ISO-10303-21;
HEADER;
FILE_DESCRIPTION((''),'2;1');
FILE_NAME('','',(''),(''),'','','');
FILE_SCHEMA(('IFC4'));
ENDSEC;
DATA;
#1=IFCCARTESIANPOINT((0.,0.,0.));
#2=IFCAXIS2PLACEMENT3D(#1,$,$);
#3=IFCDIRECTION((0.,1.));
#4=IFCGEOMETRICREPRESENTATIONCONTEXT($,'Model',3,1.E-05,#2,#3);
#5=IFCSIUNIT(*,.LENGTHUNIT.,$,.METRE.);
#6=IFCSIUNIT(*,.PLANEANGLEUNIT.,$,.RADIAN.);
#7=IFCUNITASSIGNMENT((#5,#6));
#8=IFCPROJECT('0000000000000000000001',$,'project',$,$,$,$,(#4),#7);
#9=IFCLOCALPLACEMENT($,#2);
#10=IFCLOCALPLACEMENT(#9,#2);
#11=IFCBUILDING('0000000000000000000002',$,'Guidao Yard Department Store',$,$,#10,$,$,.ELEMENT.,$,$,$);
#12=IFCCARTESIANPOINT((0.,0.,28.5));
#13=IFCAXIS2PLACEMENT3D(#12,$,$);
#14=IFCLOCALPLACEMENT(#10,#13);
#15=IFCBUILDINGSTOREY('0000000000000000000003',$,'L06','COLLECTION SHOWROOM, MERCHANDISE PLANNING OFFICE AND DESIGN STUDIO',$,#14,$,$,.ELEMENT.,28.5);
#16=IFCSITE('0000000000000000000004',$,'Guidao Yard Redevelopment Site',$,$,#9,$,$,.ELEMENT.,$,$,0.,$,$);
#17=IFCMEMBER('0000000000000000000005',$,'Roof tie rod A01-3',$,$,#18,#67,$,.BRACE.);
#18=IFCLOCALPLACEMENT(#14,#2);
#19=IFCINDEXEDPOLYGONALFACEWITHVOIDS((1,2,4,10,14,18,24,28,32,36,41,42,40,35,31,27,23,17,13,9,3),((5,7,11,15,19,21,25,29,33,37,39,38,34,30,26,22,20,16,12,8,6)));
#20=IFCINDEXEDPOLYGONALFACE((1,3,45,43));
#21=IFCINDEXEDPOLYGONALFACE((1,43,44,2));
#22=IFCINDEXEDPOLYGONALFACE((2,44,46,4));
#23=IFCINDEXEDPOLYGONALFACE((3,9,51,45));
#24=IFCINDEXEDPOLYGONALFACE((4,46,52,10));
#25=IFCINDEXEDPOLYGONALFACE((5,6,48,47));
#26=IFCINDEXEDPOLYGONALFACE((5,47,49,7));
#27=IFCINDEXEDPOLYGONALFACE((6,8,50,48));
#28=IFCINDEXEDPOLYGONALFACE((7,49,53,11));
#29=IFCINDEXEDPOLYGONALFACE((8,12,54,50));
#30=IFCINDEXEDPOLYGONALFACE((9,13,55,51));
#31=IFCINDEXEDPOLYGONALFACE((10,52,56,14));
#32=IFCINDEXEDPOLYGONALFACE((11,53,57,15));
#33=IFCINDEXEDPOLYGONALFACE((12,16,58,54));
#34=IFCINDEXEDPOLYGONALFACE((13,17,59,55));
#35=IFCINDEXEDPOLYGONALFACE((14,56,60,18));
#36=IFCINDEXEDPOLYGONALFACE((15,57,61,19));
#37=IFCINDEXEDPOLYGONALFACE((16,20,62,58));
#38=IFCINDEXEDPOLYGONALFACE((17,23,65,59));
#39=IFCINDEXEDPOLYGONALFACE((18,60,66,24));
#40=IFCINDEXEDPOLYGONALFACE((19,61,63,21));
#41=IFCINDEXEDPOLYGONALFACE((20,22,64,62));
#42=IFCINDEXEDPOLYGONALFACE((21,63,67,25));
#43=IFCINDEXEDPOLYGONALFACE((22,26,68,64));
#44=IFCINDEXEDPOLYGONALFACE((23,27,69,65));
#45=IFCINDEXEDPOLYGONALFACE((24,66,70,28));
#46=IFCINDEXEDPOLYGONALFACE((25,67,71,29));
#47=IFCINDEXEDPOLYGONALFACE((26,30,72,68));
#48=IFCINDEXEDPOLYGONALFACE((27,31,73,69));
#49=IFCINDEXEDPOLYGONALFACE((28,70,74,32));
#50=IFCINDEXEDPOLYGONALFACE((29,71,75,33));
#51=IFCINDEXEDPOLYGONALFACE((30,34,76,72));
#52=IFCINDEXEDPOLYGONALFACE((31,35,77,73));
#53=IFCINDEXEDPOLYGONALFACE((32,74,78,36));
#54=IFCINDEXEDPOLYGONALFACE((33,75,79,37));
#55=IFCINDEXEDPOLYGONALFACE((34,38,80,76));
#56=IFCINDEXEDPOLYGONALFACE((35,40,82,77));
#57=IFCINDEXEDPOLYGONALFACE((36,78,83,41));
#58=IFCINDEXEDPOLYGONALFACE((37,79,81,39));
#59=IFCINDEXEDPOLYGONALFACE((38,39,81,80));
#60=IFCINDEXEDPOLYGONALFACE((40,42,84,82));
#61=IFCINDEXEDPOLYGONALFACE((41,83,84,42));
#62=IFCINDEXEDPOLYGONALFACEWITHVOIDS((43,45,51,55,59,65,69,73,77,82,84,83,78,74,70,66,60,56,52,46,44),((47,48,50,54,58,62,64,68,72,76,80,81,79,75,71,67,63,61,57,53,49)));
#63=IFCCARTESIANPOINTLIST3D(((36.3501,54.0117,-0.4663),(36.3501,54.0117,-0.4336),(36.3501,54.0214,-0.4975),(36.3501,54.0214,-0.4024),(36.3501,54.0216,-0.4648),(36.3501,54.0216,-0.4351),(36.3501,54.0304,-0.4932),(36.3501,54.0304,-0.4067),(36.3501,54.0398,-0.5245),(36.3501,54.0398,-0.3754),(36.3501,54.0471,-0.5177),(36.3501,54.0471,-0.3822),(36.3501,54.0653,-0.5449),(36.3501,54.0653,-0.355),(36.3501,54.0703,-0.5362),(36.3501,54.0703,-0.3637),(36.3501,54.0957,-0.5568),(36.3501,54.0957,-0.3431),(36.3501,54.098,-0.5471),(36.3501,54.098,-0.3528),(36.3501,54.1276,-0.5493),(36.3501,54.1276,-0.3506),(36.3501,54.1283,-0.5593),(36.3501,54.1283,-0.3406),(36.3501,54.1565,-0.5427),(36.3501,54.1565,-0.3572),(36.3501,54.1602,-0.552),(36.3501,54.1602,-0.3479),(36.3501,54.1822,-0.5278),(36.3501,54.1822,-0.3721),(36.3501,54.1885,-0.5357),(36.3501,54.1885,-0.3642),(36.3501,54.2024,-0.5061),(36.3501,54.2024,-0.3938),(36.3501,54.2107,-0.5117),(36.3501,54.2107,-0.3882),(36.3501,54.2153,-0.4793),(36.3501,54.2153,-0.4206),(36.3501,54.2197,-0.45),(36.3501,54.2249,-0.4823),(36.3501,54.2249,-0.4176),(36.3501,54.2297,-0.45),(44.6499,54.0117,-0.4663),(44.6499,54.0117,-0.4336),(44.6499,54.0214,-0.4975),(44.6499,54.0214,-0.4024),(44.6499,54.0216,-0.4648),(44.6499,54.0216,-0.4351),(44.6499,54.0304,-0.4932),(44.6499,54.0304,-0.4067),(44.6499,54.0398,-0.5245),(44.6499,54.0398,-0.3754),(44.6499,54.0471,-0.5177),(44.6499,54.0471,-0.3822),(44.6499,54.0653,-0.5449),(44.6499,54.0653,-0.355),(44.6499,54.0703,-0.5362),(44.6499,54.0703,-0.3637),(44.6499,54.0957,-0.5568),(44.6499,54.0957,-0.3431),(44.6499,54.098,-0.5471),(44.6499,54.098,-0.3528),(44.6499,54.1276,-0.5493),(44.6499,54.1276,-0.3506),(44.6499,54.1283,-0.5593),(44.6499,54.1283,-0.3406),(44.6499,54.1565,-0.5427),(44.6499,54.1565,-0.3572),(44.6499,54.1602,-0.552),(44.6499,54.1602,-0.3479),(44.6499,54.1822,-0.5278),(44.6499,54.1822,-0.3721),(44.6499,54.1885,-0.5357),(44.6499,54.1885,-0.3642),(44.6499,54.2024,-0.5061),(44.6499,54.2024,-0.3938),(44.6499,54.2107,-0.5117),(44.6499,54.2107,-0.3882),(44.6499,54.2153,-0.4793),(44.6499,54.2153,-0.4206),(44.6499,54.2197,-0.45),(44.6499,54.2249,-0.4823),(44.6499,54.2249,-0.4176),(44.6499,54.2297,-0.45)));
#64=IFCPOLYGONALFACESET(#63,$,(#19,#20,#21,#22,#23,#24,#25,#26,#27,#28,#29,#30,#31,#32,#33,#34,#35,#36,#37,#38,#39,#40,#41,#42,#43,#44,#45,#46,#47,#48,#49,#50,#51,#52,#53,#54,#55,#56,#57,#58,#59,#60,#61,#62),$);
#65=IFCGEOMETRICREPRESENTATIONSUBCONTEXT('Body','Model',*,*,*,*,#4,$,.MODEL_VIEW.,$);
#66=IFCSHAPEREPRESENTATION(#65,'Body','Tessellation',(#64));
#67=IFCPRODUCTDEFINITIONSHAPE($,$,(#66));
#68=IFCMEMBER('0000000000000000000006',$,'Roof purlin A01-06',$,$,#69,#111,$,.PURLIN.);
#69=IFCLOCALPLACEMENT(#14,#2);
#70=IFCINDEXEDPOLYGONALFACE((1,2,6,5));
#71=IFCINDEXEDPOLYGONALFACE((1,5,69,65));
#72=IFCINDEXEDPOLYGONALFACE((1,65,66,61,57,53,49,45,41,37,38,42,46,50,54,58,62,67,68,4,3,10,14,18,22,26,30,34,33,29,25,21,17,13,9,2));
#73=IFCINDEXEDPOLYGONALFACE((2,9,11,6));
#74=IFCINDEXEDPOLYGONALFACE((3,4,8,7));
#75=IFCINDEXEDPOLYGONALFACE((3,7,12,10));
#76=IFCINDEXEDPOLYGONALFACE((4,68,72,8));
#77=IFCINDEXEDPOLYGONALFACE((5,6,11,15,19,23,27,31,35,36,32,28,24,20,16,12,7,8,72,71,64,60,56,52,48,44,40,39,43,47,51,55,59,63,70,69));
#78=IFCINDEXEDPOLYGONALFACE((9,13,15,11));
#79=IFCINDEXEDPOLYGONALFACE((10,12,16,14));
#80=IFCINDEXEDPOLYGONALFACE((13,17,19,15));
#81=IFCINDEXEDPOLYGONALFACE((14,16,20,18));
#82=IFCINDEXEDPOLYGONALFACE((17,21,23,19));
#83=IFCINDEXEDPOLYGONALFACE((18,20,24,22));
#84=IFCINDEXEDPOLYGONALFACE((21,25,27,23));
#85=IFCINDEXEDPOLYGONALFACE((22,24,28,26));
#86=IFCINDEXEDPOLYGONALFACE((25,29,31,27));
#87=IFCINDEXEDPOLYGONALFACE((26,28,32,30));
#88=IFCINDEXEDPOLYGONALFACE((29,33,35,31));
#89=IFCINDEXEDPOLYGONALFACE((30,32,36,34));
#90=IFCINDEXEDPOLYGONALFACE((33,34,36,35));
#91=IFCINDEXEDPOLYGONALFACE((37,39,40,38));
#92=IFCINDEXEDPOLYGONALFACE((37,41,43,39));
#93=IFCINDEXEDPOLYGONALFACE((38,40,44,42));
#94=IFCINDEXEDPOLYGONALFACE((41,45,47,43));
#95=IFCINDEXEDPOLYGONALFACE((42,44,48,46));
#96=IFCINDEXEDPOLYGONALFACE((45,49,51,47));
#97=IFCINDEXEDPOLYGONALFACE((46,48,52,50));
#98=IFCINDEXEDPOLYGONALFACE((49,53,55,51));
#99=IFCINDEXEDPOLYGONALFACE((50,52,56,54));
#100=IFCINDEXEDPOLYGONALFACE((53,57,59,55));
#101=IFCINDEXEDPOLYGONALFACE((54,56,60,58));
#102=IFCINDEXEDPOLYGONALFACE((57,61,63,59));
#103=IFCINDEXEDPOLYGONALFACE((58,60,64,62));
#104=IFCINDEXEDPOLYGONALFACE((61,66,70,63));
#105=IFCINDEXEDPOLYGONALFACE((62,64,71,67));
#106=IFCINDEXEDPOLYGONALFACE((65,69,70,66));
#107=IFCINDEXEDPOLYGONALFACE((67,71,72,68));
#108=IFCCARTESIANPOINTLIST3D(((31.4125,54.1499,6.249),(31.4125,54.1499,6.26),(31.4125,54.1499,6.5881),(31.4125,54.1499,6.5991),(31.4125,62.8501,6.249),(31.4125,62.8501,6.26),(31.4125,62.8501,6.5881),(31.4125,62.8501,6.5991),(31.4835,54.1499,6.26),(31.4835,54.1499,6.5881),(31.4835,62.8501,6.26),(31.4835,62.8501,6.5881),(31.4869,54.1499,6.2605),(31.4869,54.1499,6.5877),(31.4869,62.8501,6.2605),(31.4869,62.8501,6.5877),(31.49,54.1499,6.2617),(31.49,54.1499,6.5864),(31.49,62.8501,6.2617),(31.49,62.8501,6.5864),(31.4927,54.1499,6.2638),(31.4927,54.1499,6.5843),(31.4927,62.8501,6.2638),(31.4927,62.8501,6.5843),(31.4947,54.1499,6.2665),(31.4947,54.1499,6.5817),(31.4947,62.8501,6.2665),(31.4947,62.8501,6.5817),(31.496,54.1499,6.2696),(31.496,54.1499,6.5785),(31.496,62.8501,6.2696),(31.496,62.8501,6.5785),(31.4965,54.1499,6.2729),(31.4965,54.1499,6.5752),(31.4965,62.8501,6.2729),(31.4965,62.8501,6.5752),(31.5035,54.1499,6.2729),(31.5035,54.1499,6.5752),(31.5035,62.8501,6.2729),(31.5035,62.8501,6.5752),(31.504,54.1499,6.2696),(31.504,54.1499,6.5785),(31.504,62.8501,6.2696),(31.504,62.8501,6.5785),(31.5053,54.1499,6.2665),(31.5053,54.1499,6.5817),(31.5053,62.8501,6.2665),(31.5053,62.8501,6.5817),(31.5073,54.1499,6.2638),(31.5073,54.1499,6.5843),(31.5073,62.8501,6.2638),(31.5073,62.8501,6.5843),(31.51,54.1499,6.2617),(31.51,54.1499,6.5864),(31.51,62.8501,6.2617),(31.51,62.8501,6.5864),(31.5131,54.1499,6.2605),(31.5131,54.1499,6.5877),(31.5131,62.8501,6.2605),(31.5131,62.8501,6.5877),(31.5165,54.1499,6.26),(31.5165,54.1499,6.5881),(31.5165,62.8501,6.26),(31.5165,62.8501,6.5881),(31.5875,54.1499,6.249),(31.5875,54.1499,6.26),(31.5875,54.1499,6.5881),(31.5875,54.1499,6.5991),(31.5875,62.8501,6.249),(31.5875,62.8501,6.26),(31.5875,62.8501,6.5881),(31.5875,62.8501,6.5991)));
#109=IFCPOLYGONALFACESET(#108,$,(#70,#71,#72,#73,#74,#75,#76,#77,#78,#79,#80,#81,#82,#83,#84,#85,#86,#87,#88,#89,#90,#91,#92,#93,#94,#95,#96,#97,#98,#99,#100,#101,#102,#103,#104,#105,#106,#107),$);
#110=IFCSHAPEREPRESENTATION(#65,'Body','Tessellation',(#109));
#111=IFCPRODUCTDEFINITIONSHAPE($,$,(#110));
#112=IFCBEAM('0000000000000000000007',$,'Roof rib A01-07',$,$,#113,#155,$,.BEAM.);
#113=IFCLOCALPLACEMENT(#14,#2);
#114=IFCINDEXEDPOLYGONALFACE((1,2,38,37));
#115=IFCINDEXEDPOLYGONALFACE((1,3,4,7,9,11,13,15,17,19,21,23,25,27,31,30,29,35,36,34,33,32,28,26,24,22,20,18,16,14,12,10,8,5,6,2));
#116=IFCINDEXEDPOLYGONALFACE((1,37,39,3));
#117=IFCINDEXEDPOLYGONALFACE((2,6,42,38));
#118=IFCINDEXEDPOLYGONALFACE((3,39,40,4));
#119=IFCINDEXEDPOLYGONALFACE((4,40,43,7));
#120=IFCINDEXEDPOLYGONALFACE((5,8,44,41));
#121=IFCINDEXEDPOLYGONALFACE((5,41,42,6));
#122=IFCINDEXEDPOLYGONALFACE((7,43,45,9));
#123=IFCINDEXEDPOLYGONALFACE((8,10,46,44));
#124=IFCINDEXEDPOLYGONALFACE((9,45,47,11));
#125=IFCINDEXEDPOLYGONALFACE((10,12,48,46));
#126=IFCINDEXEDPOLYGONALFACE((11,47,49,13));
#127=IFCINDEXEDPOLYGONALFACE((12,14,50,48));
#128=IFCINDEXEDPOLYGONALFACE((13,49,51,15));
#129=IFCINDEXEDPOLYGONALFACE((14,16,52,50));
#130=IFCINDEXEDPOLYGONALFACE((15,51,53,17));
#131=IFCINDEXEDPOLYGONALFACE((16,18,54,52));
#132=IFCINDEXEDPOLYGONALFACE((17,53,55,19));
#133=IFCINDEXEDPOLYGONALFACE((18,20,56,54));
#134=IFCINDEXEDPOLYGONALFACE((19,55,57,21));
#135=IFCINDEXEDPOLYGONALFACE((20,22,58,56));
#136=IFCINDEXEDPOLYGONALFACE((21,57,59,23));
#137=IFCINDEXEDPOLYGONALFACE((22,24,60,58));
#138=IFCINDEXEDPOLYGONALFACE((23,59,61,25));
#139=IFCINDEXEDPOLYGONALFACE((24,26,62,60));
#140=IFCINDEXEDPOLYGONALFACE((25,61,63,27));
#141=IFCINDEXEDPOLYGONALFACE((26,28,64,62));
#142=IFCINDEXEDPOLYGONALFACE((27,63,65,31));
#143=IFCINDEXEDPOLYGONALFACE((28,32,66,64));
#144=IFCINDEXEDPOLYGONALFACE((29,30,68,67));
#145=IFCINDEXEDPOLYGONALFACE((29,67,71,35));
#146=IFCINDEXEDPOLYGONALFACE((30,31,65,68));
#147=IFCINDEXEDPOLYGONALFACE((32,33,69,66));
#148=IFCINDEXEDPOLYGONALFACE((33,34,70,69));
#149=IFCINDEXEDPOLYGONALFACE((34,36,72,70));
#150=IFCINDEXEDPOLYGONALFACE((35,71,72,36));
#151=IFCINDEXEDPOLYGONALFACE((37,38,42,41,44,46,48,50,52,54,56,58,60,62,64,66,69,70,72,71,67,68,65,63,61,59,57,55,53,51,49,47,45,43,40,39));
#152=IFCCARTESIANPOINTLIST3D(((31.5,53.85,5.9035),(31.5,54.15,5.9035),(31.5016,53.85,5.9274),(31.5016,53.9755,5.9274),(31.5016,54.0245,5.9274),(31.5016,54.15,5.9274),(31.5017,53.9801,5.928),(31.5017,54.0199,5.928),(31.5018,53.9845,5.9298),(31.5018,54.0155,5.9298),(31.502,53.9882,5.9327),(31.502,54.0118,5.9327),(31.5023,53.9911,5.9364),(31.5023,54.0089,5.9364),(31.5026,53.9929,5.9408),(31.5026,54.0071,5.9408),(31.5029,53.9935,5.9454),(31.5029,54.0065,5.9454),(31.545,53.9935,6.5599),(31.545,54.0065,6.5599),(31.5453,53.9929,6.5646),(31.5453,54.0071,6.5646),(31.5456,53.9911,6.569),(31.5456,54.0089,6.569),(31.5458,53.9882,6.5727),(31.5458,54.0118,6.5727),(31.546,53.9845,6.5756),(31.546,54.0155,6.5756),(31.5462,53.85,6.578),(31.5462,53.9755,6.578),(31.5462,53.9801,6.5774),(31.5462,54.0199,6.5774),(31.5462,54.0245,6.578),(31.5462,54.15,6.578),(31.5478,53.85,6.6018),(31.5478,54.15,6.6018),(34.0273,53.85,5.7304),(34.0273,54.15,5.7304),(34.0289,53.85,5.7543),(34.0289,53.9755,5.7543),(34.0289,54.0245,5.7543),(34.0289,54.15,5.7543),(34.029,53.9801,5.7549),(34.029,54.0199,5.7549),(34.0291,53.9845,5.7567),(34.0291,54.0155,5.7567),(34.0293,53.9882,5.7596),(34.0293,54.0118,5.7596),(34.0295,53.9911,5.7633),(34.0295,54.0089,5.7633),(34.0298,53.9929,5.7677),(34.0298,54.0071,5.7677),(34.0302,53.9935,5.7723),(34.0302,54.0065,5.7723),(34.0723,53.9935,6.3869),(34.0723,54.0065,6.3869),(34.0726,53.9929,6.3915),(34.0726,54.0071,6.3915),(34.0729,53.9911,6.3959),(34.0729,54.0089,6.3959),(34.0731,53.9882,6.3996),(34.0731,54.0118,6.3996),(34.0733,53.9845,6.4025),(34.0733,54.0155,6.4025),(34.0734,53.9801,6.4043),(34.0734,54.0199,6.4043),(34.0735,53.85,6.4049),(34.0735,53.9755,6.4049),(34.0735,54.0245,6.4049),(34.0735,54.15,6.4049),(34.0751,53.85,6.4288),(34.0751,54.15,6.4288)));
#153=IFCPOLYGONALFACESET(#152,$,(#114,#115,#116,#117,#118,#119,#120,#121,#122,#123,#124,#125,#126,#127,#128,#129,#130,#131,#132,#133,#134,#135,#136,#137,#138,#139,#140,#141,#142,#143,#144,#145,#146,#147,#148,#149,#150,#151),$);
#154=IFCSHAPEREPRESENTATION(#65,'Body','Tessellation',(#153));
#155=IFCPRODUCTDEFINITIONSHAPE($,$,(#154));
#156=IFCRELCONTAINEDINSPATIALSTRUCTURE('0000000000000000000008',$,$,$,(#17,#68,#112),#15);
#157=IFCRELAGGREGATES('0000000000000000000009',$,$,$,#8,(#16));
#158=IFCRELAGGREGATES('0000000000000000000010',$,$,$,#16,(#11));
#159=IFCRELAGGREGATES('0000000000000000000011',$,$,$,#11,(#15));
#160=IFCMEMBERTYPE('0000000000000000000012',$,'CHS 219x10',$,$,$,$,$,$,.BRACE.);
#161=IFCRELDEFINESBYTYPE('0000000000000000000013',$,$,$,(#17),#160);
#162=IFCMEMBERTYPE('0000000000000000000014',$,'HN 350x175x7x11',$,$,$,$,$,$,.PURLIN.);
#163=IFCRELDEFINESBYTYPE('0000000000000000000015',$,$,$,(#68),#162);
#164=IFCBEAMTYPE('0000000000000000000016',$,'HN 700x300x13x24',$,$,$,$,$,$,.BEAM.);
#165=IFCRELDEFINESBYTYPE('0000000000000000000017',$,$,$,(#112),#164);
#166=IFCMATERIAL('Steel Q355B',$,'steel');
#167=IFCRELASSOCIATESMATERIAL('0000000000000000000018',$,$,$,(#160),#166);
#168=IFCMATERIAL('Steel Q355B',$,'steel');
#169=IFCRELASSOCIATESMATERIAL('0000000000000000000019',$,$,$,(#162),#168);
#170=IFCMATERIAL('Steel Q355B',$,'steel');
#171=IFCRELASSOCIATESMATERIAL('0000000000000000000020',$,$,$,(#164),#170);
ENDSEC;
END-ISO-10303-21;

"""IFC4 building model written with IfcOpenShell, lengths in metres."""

from ifc_helpers import new_model, si_unit, direction, frame, origin, origin_2d, place, context, subcontext, project, spatial, hollow_circle, i_section, extrude, material, material_profile, profile_set, type_object, element, save


model = new_model("IFC4")

# Units and contexts
model_context = context("Model", 3, precision=1e-05, world=origin(), true_north=direction((0.0, 1.0)))
body_context = subcontext(model_context, "Body", "Model", "MODEL_VIEW")
ifc_project = project(units=[si_unit("LENGTHUNIT", "METRE"), si_unit("PLANEANGLEUNIT", "RADIAN")], contexts=[model_context])

# Site, building, storey
site_placement = place(None, origin())
site = spatial("IfcSite", under=ifc_project, at=site_placement, Name="Guidao Yard Redevelopment Site", CompositionType="ELEMENT", RefElevation=0.0)
building_placement = place(site_placement, origin())
building = spatial("IfcBuilding", under=site, at=building_placement, Name="Guidao Yard Department Store", CompositionType="ELEMENT")
storey_placement = place(building_placement, frame((0.0, 0.0, 28.5)))
storey = spatial("IfcBuildingStorey", under=building, at=storey_placement, Name="L06", Description="COLLECTION SHOWROOM, MERCHANDISE PLANNING OFFICE AND DESIGN STUDIO", CompositionType="ELEMENT", Elevation=28.5)

# Members
ifc_material_1 = material(Name="Steel Q355B", Category="steel")
ifc_material_profile_1 = material_profile(ifc_material_1, hollow_circle(Radius=0.1096, WallThickness=0.01, at=origin_2d()), Name="CHS 219x10")
ifc_profile_set_1 = profile_set([ifc_material_profile_1], Name="Steel Q355B")
member_type_1 = type_object("IfcMemberType", Name="CHS 219x10", PredefinedType="BRACE", material=ifc_profile_set_1)
member_1_placement = place(storey_placement, frame((36.3501, 54.1201, -0.45), z_axis=(1.0, 0.0, 0.0), x_axis=(0.0, 1.0, 0.0)))
element("IfcMember", 1, at=member_1_placement, inside=storey, type_object=member_type_1, Name="Roof tie rod A01-3", PredefinedType="BRACE", context=body_context, shape_type="SweptSolid", body=[
    extrude(hollow_circle(Radius=0.1096, WallThickness=0.01, at=origin_2d()), origin(), (0.0, 0.0, 1.0), 8.2998),
])
ifc_material_2 = material(Name="Steel Q355B", Category="steel")
ifc_material_profile_2 = material_profile(ifc_material_2, i_section(OverallWidth=0.175, OverallDepth=0.3501, WebThickness=0.0071, FlangeThickness=0.011, FilletRadius=0.0129, at=origin_2d()), Name="HN 350x175x7x11")
ifc_profile_set_2 = profile_set([ifc_material_profile_2], Name="Steel Q355B")
member_type_2 = type_object("IfcMemberType", Name="HN 350x175x7x11", PredefinedType="PURLIN", material=ifc_profile_set_2)
member_2_placement = place(storey_placement, frame((31.5, 54.1499, 6.4241), z_axis=(0.0, 1.0, 0.0), x_axis=(-1.0, 0.0, 0.0)))
element("IfcMember", 2, at=member_2_placement, inside=storey, type_object=member_type_2, Name="Roof purlin A01-06", PredefinedType="PURLIN", context=body_context, shape_type="SweptSolid", body=[
    extrude(i_section(OverallWidth=0.175, OverallDepth=0.3501, WebThickness=0.0071, FlangeThickness=0.011, FilletRadius=0.0129, at=origin_2d()), origin(), (0.0, 0.0, 1.0), 8.7002),
])

# Beam
ifc_material_3 = material(Name="Steel Q355B", Category="steel")
ifc_material_profile_3 = material_profile(ifc_material_3, i_section(OverallWidth=0.3, OverallDepth=0.7, WebThickness=0.0129, FlangeThickness=0.0239, FilletRadius=0.0181, at=origin_2d()), Name="HN 700x300x13x24")
ifc_profile_set_3 = profile_set([ifc_material_profile_3], Name="Steel Q355B")
beam_type = type_object("IfcBeamType", Name="HN 700x300x13x24", PredefinedType="BEAM", material=ifc_profile_set_3)
beam_1_placement = place(storey_placement, frame((31.5239, 54.0, 6.2527), z_axis=(0.997663, 0.0, -0.068329), x_axis=(0.0, 1.0, 0.0)))
element("IfcBeam", 3, at=beam_1_placement, inside=storey, type_object=beam_type, Name="Roof rib A01-07", PredefinedType="BEAM", context=body_context, shape_type="SweptSolid", body=[
    extrude(i_section(OverallWidth=0.3, OverallDepth=0.7, WebThickness=0.0129, FlangeThickness=0.0239, FilletRadius=0.0181, at=origin_2d()), origin(), (0.0, 0.0, 1.0), 2.5332),
])

save(model, "model.ifc")
